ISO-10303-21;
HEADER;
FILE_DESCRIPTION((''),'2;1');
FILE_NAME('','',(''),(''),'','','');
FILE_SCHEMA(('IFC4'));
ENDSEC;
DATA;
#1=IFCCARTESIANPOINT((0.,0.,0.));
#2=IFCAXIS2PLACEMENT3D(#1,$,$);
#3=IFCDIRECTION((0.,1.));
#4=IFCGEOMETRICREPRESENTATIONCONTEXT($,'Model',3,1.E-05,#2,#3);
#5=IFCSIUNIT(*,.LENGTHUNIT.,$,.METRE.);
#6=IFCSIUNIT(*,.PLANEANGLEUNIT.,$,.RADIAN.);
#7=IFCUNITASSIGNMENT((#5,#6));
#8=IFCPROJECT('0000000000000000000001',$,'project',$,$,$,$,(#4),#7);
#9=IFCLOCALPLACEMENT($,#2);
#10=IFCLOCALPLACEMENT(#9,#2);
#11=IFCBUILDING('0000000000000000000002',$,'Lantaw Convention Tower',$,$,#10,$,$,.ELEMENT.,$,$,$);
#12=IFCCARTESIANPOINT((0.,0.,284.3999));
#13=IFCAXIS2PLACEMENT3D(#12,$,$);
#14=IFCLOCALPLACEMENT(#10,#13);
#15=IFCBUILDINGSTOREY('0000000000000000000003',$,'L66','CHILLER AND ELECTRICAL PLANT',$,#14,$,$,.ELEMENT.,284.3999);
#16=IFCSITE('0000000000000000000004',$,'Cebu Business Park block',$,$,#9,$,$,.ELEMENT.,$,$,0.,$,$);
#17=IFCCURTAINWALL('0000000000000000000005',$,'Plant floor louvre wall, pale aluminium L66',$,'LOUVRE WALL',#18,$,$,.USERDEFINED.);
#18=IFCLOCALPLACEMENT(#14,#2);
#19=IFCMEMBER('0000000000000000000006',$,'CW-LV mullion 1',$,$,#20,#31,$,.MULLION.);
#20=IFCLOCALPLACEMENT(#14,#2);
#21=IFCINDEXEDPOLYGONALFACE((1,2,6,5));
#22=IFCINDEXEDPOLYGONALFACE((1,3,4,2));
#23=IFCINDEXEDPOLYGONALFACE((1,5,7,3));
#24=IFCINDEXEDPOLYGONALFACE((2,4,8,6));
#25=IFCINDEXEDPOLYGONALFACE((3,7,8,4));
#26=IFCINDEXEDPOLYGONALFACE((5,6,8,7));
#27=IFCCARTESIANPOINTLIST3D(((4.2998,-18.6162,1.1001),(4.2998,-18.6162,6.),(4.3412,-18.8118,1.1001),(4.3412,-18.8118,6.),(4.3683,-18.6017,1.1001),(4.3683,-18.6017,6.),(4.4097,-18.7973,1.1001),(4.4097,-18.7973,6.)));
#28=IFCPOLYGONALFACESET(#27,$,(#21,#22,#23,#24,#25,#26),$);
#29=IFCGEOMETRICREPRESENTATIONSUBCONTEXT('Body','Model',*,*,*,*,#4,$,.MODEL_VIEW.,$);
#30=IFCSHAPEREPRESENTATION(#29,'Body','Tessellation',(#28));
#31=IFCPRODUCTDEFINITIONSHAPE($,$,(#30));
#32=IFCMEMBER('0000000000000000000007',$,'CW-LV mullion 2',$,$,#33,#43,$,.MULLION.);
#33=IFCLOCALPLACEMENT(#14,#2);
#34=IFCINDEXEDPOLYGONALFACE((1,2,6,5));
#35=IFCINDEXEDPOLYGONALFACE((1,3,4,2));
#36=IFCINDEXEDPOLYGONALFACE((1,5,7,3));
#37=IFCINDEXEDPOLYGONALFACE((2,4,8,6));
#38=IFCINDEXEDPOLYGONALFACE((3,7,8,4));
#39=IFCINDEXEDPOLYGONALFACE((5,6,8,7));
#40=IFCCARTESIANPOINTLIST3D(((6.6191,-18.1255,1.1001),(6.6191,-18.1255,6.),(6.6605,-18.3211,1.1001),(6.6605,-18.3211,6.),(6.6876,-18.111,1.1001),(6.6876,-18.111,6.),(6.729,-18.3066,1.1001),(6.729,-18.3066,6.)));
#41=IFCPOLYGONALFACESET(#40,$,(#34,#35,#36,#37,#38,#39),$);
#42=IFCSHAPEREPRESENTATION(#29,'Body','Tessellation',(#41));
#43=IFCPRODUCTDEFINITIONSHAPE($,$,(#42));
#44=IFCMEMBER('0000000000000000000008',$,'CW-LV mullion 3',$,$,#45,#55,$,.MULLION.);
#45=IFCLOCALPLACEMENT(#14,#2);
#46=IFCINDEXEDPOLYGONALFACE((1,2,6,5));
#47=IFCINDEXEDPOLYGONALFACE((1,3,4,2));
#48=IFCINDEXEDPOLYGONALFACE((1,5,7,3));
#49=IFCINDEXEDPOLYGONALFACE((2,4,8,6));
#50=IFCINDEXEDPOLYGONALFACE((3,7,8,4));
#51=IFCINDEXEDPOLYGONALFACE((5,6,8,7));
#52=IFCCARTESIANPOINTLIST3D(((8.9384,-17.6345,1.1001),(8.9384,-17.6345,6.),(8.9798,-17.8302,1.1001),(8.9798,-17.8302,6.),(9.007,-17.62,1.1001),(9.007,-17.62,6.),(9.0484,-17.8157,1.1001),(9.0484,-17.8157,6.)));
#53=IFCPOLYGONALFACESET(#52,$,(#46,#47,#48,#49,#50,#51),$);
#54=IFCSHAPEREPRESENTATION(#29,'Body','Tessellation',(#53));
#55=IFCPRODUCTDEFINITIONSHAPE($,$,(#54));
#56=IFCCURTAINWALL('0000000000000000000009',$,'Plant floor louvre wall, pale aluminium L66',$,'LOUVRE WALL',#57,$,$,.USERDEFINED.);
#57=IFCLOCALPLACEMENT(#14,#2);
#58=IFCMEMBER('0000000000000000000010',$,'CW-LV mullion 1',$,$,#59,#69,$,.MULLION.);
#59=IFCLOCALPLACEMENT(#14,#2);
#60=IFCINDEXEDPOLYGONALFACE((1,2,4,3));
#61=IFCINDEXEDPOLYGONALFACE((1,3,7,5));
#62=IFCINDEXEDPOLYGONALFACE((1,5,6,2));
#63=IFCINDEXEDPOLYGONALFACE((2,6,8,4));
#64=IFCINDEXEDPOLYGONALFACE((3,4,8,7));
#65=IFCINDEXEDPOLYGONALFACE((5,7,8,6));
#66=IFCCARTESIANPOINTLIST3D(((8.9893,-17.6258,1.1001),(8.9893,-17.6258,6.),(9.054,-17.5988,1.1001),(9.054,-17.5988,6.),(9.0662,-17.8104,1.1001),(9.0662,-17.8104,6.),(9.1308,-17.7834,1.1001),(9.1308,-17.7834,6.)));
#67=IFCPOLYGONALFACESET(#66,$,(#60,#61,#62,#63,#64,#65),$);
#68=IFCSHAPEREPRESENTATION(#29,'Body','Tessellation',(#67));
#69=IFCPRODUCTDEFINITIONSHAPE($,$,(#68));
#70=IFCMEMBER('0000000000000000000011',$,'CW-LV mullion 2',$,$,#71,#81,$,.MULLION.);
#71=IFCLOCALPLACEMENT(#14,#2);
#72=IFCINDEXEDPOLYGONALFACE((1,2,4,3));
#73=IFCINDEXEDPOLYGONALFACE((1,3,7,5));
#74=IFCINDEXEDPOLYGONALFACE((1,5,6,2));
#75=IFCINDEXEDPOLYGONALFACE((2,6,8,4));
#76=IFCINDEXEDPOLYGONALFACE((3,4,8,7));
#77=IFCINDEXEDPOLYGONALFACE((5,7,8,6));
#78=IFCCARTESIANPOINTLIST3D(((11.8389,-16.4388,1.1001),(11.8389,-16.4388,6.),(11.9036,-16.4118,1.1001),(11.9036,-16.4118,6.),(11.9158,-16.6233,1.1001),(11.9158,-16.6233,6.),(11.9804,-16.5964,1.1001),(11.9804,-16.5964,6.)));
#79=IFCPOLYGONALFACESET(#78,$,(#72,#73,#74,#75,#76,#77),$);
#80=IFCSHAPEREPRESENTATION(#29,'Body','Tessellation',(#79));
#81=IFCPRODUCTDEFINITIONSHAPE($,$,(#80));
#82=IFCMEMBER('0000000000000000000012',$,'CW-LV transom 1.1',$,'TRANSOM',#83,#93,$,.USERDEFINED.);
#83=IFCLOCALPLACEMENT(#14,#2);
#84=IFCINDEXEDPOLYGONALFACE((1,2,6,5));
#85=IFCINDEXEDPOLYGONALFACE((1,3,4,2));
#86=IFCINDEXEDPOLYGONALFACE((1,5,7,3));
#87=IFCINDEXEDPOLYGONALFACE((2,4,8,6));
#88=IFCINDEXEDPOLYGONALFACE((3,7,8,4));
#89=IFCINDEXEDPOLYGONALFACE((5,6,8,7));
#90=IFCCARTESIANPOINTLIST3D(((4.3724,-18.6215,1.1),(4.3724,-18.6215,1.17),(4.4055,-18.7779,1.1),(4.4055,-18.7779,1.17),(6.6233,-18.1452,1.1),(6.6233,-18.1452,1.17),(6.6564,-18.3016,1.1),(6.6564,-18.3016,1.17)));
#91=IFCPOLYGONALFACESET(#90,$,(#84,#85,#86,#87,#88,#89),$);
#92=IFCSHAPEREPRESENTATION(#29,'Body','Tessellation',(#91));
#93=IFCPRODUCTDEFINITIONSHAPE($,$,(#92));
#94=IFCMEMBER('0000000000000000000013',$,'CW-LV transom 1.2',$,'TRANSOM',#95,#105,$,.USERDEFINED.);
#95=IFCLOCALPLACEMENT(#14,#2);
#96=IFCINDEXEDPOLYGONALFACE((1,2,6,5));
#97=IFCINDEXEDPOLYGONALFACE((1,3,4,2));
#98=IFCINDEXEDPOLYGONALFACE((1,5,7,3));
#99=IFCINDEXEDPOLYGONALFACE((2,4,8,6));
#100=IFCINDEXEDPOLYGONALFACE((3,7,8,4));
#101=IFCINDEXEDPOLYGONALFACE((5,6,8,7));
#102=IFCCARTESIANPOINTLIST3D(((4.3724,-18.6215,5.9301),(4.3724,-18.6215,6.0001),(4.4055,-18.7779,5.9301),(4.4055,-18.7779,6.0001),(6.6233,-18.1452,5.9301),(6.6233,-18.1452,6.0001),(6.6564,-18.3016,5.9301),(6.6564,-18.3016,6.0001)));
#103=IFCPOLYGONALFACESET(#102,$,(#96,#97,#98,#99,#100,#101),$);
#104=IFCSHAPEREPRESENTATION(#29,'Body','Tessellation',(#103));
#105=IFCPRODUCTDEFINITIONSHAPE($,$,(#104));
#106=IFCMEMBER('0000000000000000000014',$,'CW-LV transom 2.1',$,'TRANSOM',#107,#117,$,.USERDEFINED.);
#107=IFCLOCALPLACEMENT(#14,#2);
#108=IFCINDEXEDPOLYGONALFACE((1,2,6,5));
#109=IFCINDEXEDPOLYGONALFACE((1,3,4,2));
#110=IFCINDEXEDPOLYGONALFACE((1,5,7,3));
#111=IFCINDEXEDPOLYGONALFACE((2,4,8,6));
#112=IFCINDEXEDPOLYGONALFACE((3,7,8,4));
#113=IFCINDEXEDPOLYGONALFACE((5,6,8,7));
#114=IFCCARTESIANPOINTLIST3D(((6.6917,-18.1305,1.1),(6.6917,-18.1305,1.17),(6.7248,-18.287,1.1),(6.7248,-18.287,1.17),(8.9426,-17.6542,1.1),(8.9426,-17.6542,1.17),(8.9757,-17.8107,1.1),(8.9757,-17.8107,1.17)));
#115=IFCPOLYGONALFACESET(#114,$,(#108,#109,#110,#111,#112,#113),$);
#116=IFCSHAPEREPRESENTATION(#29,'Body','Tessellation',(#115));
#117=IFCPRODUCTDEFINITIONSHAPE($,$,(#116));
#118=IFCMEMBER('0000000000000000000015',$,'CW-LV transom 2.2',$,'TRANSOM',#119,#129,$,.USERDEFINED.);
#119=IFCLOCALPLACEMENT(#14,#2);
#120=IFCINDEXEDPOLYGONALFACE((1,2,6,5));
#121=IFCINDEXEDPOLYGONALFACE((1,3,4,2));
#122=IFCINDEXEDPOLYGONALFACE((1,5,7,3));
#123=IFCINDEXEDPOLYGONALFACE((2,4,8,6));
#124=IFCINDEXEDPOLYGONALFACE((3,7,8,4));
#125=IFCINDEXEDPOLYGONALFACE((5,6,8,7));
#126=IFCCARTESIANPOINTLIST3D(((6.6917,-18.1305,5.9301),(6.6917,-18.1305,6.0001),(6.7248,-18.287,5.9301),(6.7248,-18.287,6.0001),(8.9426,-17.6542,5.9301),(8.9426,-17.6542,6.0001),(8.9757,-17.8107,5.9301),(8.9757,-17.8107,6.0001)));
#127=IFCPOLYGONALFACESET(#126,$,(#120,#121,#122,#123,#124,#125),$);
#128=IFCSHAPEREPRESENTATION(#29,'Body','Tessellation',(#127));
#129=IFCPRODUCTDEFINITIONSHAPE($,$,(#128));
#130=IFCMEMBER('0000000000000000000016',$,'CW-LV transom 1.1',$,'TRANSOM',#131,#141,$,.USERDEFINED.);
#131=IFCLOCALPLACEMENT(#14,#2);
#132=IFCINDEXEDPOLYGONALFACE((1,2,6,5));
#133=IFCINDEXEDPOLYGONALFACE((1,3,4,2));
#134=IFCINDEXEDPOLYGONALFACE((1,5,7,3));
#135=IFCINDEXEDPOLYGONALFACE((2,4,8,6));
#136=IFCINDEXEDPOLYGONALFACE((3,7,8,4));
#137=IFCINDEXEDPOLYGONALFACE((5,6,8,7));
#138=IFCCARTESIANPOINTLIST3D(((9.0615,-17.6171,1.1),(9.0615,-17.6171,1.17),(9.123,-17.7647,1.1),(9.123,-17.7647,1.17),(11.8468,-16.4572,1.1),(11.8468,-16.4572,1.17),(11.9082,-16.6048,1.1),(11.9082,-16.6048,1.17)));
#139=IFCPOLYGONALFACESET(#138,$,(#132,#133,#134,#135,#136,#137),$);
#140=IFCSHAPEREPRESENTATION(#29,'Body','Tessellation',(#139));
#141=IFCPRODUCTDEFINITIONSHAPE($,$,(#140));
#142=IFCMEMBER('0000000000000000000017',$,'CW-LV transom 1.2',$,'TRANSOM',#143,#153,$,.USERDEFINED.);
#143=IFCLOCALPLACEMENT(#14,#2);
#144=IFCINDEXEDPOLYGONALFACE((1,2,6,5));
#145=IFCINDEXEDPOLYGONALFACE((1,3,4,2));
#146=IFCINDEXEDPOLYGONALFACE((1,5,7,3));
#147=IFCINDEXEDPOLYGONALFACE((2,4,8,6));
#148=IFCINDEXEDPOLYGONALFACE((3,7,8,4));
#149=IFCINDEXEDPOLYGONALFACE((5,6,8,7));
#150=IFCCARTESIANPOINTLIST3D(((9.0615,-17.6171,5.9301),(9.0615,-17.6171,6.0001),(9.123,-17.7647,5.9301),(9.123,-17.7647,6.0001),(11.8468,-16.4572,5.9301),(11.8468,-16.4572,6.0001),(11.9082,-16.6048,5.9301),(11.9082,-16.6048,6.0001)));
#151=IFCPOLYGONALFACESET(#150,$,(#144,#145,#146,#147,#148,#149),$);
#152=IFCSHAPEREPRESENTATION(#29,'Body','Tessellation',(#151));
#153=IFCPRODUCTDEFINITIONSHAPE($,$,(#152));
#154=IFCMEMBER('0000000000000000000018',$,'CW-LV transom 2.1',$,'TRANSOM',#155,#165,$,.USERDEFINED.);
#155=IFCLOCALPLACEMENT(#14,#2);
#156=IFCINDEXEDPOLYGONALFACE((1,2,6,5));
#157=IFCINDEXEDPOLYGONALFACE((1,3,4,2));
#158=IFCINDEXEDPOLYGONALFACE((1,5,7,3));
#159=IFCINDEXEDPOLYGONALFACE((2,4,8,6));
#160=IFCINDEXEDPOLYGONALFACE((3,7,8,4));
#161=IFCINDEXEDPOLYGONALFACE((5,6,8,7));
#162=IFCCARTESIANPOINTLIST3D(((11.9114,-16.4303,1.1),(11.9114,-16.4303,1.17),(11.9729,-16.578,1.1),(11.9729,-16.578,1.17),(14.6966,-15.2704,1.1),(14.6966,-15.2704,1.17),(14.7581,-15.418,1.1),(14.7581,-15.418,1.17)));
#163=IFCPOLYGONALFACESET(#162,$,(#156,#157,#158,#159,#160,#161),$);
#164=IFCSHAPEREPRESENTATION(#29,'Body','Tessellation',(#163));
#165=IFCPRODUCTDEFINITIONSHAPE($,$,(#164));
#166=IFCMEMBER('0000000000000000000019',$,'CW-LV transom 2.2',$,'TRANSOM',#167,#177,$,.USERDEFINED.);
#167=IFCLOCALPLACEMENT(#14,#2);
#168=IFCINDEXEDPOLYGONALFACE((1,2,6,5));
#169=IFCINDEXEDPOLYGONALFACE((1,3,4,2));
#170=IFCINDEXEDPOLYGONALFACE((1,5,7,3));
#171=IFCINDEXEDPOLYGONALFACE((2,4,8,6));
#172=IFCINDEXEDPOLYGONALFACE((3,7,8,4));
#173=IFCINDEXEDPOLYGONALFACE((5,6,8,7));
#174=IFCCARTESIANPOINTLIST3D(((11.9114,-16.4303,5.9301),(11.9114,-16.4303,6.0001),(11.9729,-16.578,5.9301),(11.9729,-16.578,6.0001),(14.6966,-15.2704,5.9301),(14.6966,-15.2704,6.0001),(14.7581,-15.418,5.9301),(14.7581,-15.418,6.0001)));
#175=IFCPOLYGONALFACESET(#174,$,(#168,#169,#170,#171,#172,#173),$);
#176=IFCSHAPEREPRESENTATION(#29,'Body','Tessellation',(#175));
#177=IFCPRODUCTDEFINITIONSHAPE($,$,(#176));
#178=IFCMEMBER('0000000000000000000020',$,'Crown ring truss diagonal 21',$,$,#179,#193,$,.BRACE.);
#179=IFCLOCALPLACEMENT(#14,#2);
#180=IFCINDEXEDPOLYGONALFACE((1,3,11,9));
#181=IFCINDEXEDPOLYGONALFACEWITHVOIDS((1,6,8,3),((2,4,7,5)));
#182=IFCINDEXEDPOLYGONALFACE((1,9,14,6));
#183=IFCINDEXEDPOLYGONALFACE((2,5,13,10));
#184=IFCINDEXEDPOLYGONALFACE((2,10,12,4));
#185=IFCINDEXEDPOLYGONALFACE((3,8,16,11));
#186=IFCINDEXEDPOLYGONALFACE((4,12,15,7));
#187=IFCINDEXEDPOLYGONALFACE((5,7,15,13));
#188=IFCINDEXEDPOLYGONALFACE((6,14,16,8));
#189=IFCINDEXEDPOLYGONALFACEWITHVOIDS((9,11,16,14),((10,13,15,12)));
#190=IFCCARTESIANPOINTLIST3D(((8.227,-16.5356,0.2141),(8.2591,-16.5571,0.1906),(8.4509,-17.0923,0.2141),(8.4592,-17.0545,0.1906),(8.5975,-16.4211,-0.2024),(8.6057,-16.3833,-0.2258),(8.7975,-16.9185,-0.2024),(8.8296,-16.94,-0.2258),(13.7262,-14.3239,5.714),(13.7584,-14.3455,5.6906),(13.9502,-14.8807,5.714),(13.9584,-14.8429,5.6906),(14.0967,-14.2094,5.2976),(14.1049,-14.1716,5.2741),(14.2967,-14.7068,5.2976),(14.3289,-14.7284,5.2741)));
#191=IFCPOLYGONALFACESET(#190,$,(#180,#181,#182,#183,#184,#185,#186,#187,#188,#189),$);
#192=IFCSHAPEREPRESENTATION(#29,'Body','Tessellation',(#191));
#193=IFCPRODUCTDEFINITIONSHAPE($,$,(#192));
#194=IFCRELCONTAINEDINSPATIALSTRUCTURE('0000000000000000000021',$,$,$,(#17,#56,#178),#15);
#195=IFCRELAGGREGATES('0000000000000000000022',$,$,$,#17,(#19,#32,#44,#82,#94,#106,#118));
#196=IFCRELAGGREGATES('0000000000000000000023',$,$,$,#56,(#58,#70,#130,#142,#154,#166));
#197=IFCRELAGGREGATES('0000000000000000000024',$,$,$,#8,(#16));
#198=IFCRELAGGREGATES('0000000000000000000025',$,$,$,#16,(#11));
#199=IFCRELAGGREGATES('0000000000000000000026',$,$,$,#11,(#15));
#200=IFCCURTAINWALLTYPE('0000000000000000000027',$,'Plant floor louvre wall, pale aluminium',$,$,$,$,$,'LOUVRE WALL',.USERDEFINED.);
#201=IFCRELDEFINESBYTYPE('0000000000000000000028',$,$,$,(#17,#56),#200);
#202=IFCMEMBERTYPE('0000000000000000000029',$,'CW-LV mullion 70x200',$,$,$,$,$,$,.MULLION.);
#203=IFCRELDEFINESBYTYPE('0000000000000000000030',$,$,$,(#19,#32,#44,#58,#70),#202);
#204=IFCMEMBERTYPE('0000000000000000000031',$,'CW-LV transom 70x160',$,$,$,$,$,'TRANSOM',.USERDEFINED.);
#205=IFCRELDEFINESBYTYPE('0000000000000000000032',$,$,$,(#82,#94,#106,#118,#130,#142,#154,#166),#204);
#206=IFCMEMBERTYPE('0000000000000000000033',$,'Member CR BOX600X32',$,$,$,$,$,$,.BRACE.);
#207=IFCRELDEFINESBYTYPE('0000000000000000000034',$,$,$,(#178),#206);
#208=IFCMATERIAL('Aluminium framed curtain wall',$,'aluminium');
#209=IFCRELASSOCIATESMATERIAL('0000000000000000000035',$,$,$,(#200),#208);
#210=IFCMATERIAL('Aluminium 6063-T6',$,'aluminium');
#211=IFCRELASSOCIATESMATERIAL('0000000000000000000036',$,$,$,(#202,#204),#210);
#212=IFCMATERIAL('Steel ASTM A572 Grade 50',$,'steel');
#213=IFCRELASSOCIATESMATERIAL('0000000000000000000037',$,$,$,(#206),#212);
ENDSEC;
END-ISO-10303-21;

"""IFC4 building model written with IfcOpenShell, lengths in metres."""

from ifc_helpers import new_model, si_unit, direction, frame, origin, origin_2d, place, context, subcontext, project, spatial, rectangle, hollow_rectangle, extrude, material, material_profile, profile_set, type_object, element, aggregate, save


model = new_model("IFC4")

# Units and contexts
model_context = context("Model", 3, precision=1e-05, world=origin(), true_north=direction((0.0, 1.0)))
body_context = subcontext(model_context, "Body", "Model", "MODEL_VIEW")
ifc_project = project(units=[si_unit("LENGTHUNIT", "METRE"), si_unit("PLANEANGLEUNIT", "RADIAN")], contexts=[model_context])

# Site, building, storey
site_placement = place(None, origin())
site = spatial("IfcSite", under=ifc_project, at=site_placement, Name="Cebu Business Park block", CompositionType="ELEMENT", RefElevation=0.0)
building_placement = place(site_placement, origin())
building = spatial("IfcBuilding", under=site, at=building_placement, Name="Lantaw Convention Tower", CompositionType="ELEMENT")
storey_placement = place(building_placement, frame((0.0, 0.0, 284.3999)))
storey = spatial("IfcBuildingStorey", under=building, at=storey_placement, Name="L66", Description="CHILLER AND ELECTRICAL PLANT", CompositionType="ELEMENT", Elevation=284.3999)

# Shared definitions
ifc_material_1 = material(Name="Steel ASTM A572 Grade 50", Category="steel")

# Shared definitions
ifc_material_2 = material(Name="Aluminium framed curtain wall", Category="aluminium")
curtain_wall_type = type_object("IfcCurtainWallType", Name="Plant floor louvre wall, pale aluminium", ElementType="LOUVRE WALL", PredefinedType="USERDEFINED", material=ifc_material_2)
ifc_material_3 = material(Name="Aluminium 6063-T6", Category="aluminium")
ifc_material_profile_1 = material_profile(ifc_material_3, rectangle(XDim=0.2, YDim=0.0701, at=origin_2d()), Name="CW-LV mullion 70x200")
ifc_profile_set_1 = profile_set([ifc_material_profile_1], Name="Aluminium 6063-T6")
member_type_1 = type_object("IfcMemberType", Name="CW-LV mullion 70x200", PredefinedType="MULLION", material=ifc_profile_set_1)

# Curtain walls, members
curtain_wall_1_placement = place(storey_placement, origin())
curtain_wall_1 = element("IfcCurtainWall", 1, at=curtain_wall_1_placement, inside=storey, type_object=curtain_wall_type, Name="Plant floor louvre wall, pale aluminium L66", ObjectType="LOUVRE WALL", PredefinedType="USERDEFINED")
member_1_placement = place(storey_placement, frame((4.3547, -18.7068, 1.1001), z_axis=(0.0, 0.0, 1.0), x_axis=(-0.20704, 0.978332, 0.0)))
member_1 = element("IfcMember", 2, at=member_1_placement, type_object=member_type_1, Name="CW-LV mullion 1", PredefinedType="MULLION", context=body_context, shape_type="SweptSolid", body=[
    extrude(rectangle(XDim=0.2, YDim=0.0701, at=origin_2d()), origin(), (0.0, 0.0, 1.0), 4.8999),
])
member_2_placement = place(storey_placement, frame((6.6741, -18.2161, 1.1001), z_axis=(0.0, 0.0, 1.0), x_axis=(-0.20704, 0.978332, 0.0)))
member_2 = element("IfcMember", 3, at=member_2_placement, type_object=member_type_1, Name="CW-LV mullion 2", PredefinedType="MULLION", context=body_context, shape_type="SweptSolid", body=[
    extrude(rectangle(XDim=0.2, YDim=0.0701, at=origin_2d()), origin(), (0.0, 0.0, 1.0), 4.8999),
])
member_3_placement = place(storey_placement, frame((8.9934, -17.7251, 1.1001), z_axis=(0.0, 0.0, 1.0), x_axis=(-0.20704, 0.978332, 0.0)))
member_3 = element("IfcMember", 4, at=member_3_placement, type_object=member_type_1, Name="CW-LV mullion 3", PredefinedType="MULLION", context=body_context, shape_type="SweptSolid", body=[
    extrude(rectangle(XDim=0.2, YDim=0.0701, at=origin_2d()), origin(), (0.0, 0.0, 1.0), 4.8999),
])
curtain_wall_2_placement = place(storey_placement, origin())
curtain_wall_2 = element("IfcCurtainWall", 5, at=curtain_wall_2_placement, inside=storey, type_object=curtain_wall_type, Name="Plant floor louvre wall, pale aluminium L66", ObjectType="LOUVRE WALL", PredefinedType="USERDEFINED")
member_4_placement = place(storey_placement, frame((9.0601, -17.7046, 1.1001), z_axis=(0.0, 0.0, 1.0), x_axis=(-0.38446, 0.923142, 0.0)))
member_4 = element("IfcMember", 6, at=member_4_placement, type_object=member_type_1, Name="CW-LV mullion 1", PredefinedType="MULLION", context=body_context, shape_type="SweptSolid", body=[
    extrude(rectangle(XDim=0.2, YDim=0.0701, at=origin_2d()), origin(), (0.0, 0.0, 1.0), 4.8999),
])
member_5_placement = place(storey_placement, frame((11.9097, -16.5176, 1.1001), z_axis=(0.0, 0.0, 1.0), x_axis=(-0.38446, 0.923142, 0.0)))
member_5 = element("IfcMember", 7, at=member_5_placement, type_object=member_type_1, Name="CW-LV mullion 2", PredefinedType="MULLION", context=body_context, shape_type="SweptSolid", body=[
    extrude(rectangle(XDim=0.2, YDim=0.0701, at=origin_2d()), origin(), (0.0, 0.0, 1.0), 4.8999),
])

# Members
ifc_material_profile_2 = material_profile(ifc_material_3, rectangle(XDim=0.1599, YDim=0.0701, at=origin_2d()), Name="CW-LV transom 70x160")
ifc_profile_set_2 = profile_set([ifc_material_profile_2], Name="Aluminium 6063-T6")
member_type_2 = type_object("IfcMemberType", Name="CW-LV transom 70x160", ElementType="TRANSOM", PredefinedType="USERDEFINED", material=ifc_profile_set_2)
member_6_placement = place(storey_placement, frame((4.3889, -18.6997, 1.135), z_axis=(0.978336, 0.207021, 0.0), x_axis=(-0.207021, 0.978336, 0.0)))
member_6 = element("IfcMember", 8, at=member_6_placement, type_object=member_type_2, Name="CW-LV transom 1.1", ObjectType="TRANSOM", PredefinedType="USERDEFINED", context=body_context, shape_type="SweptSolid", body=[
    extrude(rectangle(XDim=0.1599, YDim=0.0701, at=origin_2d()), origin(), (0.0, 0.0, 1.0), 2.3008),
])
member_7_placement = place(storey_placement, frame((4.3889, -18.6997, 5.9651), z_axis=(0.978336, 0.207021, 0.0), x_axis=(-0.207021, 0.978336, 0.0)))
member_7 = element("IfcMember", 9, at=member_7_placement, type_object=member_type_2, Name="CW-LV transom 1.2", ObjectType="TRANSOM", PredefinedType="USERDEFINED", context=body_context, shape_type="SweptSolid", body=[
    extrude(rectangle(XDim=0.1599, YDim=0.0701, at=origin_2d()), origin(), (0.0, 0.0, 1.0), 2.3008),
])
member_8_placement = place(storey_placement, frame((6.7083, -18.2087, 1.135), z_axis=(0.978336, 0.207021, 0.0), x_axis=(-0.207021, 0.978336, 0.0)))
member_8 = element("IfcMember", 10, at=member_8_placement, type_object=member_type_2, Name="CW-LV transom 2.1", ObjectType="TRANSOM", PredefinedType="USERDEFINED", context=body_context, shape_type="SweptSolid", body=[
    extrude(rectangle(XDim=0.1599, YDim=0.0701, at=origin_2d()), origin(), (0.0, 0.0, 1.0), 2.3008),
])
member_9_placement = place(storey_placement, frame((6.7083, -18.2087, 5.9651), z_axis=(0.978336, 0.207021, 0.0), x_axis=(-0.207021, 0.978336, 0.0)))
member_9 = element("IfcMember", 11, at=member_9_placement, type_object=member_type_2, Name="CW-LV transom 2.2", ObjectType="TRANSOM", PredefinedType="USERDEFINED", context=body_context, shape_type="SweptSolid", body=[
    extrude(rectangle(XDim=0.1599, YDim=0.0701, at=origin_2d()), origin(), (0.0, 0.0, 1.0), 2.3008),
])
member_10_placement = place(storey_placement, frame((9.0923, -17.6909, 1.135), z_axis=(0.923144, 0.384454, 0.0), x_axis=(-0.384454, 0.923144, 0.0)))
member_10 = element("IfcMember", 12, at=member_10_placement, type_object=member_type_2, Name="CW-LV transom 1.1", ObjectType="TRANSOM", PredefinedType="USERDEFINED", context=body_context, shape_type="SweptSolid", body=[
    extrude(rectangle(XDim=0.1599, YDim=0.0701, at=origin_2d()), origin(), (0.0, 0.0, 1.0), 3.0171),
])
member_11_placement = place(storey_placement, frame((9.0923, -17.6909, 5.9651), z_axis=(0.923144, 0.384454, 0.0), x_axis=(-0.384454, 0.923144, 0.0)))
member_11 = element("IfcMember", 13, at=member_11_placement, type_object=member_type_2, Name="CW-LV transom 1.2", ObjectType="TRANSOM", PredefinedType="USERDEFINED", context=body_context, shape_type="SweptSolid", body=[
    extrude(rectangle(XDim=0.1599, YDim=0.0701, at=origin_2d()), origin(), (0.0, 0.0, 1.0), 3.0171),
])
member_12_placement = place(storey_placement, frame((11.9421, -16.5042, 1.135), z_axis=(0.923144, 0.384454, 0.0), x_axis=(-0.384454, 0.923144, 0.0)))
member_12 = element("IfcMember", 14, at=member_12_placement, type_object=member_type_2, Name="CW-LV transom 2.1", ObjectType="TRANSOM", PredefinedType="USERDEFINED", context=body_context, shape_type="SweptSolid", body=[
    extrude(rectangle(XDim=0.1599, YDim=0.0701, at=origin_2d()), origin(), (0.0, 0.0, 1.0), 3.0171),
])
member_13_placement = place(storey_placement, frame((11.9421, -16.5042, 5.9651), z_axis=(0.923144, 0.384454, 0.0), x_axis=(-0.384454, 0.923144, 0.0)))
member_13 = element("IfcMember", 15, at=member_13_placement, type_object=member_type_2, Name="CW-LV transom 2.2", ObjectType="TRANSOM", PredefinedType="USERDEFINED", context=body_context, shape_type="SweptSolid", body=[
    extrude(rectangle(XDim=0.1599, YDim=0.0701, at=origin_2d()), origin(), (0.0, 0.0, 1.0), 3.0171),
])
ifc_material_profile_3 = material_profile(ifc_material_1, hollow_rectangle(XDim=0.6001, YDim=0.6001, WallThickness=0.032, at=origin_2d()), Name="BOX600X32")
ifc_profile_set_3 = profile_set([ifc_material_profile_3], Name="Steel ASTM A572 Grade 50")
member_type_3 = type_object("IfcMemberType", Name="Member CR BOX600X32", PredefinedType="BRACE", material=ifc_profile_set_3)
member_14_placement = place(storey_placement, frame((8.5283, -16.7378, -0.0059), z_axis=(0.680097, 0.273518, 0.680188), x_axis=(-0.37313, 0.927779, 0.0)))
element("IfcMember", 16, at=member_14_placement, inside=storey, type_object=member_type_3, Name="Crown ring truss diagonal 21", PredefinedType="BRACE", context=body_context, shape_type="SweptSolid", body=[
    extrude(hollow_rectangle(XDim=0.6001, YDim=0.6001, WallThickness=0.032, at=origin_2d()), origin(), (0.0, 0.0, 1.0), 8.0859),
])

aggregate(curtain_wall_1, [member_1, member_2, member_3, member_6, member_7, member_8, member_9])
aggregate(curtain_wall_2, [member_4, member_5, member_10, member_11, member_12, member_13])

save(model, "model.ifc")
